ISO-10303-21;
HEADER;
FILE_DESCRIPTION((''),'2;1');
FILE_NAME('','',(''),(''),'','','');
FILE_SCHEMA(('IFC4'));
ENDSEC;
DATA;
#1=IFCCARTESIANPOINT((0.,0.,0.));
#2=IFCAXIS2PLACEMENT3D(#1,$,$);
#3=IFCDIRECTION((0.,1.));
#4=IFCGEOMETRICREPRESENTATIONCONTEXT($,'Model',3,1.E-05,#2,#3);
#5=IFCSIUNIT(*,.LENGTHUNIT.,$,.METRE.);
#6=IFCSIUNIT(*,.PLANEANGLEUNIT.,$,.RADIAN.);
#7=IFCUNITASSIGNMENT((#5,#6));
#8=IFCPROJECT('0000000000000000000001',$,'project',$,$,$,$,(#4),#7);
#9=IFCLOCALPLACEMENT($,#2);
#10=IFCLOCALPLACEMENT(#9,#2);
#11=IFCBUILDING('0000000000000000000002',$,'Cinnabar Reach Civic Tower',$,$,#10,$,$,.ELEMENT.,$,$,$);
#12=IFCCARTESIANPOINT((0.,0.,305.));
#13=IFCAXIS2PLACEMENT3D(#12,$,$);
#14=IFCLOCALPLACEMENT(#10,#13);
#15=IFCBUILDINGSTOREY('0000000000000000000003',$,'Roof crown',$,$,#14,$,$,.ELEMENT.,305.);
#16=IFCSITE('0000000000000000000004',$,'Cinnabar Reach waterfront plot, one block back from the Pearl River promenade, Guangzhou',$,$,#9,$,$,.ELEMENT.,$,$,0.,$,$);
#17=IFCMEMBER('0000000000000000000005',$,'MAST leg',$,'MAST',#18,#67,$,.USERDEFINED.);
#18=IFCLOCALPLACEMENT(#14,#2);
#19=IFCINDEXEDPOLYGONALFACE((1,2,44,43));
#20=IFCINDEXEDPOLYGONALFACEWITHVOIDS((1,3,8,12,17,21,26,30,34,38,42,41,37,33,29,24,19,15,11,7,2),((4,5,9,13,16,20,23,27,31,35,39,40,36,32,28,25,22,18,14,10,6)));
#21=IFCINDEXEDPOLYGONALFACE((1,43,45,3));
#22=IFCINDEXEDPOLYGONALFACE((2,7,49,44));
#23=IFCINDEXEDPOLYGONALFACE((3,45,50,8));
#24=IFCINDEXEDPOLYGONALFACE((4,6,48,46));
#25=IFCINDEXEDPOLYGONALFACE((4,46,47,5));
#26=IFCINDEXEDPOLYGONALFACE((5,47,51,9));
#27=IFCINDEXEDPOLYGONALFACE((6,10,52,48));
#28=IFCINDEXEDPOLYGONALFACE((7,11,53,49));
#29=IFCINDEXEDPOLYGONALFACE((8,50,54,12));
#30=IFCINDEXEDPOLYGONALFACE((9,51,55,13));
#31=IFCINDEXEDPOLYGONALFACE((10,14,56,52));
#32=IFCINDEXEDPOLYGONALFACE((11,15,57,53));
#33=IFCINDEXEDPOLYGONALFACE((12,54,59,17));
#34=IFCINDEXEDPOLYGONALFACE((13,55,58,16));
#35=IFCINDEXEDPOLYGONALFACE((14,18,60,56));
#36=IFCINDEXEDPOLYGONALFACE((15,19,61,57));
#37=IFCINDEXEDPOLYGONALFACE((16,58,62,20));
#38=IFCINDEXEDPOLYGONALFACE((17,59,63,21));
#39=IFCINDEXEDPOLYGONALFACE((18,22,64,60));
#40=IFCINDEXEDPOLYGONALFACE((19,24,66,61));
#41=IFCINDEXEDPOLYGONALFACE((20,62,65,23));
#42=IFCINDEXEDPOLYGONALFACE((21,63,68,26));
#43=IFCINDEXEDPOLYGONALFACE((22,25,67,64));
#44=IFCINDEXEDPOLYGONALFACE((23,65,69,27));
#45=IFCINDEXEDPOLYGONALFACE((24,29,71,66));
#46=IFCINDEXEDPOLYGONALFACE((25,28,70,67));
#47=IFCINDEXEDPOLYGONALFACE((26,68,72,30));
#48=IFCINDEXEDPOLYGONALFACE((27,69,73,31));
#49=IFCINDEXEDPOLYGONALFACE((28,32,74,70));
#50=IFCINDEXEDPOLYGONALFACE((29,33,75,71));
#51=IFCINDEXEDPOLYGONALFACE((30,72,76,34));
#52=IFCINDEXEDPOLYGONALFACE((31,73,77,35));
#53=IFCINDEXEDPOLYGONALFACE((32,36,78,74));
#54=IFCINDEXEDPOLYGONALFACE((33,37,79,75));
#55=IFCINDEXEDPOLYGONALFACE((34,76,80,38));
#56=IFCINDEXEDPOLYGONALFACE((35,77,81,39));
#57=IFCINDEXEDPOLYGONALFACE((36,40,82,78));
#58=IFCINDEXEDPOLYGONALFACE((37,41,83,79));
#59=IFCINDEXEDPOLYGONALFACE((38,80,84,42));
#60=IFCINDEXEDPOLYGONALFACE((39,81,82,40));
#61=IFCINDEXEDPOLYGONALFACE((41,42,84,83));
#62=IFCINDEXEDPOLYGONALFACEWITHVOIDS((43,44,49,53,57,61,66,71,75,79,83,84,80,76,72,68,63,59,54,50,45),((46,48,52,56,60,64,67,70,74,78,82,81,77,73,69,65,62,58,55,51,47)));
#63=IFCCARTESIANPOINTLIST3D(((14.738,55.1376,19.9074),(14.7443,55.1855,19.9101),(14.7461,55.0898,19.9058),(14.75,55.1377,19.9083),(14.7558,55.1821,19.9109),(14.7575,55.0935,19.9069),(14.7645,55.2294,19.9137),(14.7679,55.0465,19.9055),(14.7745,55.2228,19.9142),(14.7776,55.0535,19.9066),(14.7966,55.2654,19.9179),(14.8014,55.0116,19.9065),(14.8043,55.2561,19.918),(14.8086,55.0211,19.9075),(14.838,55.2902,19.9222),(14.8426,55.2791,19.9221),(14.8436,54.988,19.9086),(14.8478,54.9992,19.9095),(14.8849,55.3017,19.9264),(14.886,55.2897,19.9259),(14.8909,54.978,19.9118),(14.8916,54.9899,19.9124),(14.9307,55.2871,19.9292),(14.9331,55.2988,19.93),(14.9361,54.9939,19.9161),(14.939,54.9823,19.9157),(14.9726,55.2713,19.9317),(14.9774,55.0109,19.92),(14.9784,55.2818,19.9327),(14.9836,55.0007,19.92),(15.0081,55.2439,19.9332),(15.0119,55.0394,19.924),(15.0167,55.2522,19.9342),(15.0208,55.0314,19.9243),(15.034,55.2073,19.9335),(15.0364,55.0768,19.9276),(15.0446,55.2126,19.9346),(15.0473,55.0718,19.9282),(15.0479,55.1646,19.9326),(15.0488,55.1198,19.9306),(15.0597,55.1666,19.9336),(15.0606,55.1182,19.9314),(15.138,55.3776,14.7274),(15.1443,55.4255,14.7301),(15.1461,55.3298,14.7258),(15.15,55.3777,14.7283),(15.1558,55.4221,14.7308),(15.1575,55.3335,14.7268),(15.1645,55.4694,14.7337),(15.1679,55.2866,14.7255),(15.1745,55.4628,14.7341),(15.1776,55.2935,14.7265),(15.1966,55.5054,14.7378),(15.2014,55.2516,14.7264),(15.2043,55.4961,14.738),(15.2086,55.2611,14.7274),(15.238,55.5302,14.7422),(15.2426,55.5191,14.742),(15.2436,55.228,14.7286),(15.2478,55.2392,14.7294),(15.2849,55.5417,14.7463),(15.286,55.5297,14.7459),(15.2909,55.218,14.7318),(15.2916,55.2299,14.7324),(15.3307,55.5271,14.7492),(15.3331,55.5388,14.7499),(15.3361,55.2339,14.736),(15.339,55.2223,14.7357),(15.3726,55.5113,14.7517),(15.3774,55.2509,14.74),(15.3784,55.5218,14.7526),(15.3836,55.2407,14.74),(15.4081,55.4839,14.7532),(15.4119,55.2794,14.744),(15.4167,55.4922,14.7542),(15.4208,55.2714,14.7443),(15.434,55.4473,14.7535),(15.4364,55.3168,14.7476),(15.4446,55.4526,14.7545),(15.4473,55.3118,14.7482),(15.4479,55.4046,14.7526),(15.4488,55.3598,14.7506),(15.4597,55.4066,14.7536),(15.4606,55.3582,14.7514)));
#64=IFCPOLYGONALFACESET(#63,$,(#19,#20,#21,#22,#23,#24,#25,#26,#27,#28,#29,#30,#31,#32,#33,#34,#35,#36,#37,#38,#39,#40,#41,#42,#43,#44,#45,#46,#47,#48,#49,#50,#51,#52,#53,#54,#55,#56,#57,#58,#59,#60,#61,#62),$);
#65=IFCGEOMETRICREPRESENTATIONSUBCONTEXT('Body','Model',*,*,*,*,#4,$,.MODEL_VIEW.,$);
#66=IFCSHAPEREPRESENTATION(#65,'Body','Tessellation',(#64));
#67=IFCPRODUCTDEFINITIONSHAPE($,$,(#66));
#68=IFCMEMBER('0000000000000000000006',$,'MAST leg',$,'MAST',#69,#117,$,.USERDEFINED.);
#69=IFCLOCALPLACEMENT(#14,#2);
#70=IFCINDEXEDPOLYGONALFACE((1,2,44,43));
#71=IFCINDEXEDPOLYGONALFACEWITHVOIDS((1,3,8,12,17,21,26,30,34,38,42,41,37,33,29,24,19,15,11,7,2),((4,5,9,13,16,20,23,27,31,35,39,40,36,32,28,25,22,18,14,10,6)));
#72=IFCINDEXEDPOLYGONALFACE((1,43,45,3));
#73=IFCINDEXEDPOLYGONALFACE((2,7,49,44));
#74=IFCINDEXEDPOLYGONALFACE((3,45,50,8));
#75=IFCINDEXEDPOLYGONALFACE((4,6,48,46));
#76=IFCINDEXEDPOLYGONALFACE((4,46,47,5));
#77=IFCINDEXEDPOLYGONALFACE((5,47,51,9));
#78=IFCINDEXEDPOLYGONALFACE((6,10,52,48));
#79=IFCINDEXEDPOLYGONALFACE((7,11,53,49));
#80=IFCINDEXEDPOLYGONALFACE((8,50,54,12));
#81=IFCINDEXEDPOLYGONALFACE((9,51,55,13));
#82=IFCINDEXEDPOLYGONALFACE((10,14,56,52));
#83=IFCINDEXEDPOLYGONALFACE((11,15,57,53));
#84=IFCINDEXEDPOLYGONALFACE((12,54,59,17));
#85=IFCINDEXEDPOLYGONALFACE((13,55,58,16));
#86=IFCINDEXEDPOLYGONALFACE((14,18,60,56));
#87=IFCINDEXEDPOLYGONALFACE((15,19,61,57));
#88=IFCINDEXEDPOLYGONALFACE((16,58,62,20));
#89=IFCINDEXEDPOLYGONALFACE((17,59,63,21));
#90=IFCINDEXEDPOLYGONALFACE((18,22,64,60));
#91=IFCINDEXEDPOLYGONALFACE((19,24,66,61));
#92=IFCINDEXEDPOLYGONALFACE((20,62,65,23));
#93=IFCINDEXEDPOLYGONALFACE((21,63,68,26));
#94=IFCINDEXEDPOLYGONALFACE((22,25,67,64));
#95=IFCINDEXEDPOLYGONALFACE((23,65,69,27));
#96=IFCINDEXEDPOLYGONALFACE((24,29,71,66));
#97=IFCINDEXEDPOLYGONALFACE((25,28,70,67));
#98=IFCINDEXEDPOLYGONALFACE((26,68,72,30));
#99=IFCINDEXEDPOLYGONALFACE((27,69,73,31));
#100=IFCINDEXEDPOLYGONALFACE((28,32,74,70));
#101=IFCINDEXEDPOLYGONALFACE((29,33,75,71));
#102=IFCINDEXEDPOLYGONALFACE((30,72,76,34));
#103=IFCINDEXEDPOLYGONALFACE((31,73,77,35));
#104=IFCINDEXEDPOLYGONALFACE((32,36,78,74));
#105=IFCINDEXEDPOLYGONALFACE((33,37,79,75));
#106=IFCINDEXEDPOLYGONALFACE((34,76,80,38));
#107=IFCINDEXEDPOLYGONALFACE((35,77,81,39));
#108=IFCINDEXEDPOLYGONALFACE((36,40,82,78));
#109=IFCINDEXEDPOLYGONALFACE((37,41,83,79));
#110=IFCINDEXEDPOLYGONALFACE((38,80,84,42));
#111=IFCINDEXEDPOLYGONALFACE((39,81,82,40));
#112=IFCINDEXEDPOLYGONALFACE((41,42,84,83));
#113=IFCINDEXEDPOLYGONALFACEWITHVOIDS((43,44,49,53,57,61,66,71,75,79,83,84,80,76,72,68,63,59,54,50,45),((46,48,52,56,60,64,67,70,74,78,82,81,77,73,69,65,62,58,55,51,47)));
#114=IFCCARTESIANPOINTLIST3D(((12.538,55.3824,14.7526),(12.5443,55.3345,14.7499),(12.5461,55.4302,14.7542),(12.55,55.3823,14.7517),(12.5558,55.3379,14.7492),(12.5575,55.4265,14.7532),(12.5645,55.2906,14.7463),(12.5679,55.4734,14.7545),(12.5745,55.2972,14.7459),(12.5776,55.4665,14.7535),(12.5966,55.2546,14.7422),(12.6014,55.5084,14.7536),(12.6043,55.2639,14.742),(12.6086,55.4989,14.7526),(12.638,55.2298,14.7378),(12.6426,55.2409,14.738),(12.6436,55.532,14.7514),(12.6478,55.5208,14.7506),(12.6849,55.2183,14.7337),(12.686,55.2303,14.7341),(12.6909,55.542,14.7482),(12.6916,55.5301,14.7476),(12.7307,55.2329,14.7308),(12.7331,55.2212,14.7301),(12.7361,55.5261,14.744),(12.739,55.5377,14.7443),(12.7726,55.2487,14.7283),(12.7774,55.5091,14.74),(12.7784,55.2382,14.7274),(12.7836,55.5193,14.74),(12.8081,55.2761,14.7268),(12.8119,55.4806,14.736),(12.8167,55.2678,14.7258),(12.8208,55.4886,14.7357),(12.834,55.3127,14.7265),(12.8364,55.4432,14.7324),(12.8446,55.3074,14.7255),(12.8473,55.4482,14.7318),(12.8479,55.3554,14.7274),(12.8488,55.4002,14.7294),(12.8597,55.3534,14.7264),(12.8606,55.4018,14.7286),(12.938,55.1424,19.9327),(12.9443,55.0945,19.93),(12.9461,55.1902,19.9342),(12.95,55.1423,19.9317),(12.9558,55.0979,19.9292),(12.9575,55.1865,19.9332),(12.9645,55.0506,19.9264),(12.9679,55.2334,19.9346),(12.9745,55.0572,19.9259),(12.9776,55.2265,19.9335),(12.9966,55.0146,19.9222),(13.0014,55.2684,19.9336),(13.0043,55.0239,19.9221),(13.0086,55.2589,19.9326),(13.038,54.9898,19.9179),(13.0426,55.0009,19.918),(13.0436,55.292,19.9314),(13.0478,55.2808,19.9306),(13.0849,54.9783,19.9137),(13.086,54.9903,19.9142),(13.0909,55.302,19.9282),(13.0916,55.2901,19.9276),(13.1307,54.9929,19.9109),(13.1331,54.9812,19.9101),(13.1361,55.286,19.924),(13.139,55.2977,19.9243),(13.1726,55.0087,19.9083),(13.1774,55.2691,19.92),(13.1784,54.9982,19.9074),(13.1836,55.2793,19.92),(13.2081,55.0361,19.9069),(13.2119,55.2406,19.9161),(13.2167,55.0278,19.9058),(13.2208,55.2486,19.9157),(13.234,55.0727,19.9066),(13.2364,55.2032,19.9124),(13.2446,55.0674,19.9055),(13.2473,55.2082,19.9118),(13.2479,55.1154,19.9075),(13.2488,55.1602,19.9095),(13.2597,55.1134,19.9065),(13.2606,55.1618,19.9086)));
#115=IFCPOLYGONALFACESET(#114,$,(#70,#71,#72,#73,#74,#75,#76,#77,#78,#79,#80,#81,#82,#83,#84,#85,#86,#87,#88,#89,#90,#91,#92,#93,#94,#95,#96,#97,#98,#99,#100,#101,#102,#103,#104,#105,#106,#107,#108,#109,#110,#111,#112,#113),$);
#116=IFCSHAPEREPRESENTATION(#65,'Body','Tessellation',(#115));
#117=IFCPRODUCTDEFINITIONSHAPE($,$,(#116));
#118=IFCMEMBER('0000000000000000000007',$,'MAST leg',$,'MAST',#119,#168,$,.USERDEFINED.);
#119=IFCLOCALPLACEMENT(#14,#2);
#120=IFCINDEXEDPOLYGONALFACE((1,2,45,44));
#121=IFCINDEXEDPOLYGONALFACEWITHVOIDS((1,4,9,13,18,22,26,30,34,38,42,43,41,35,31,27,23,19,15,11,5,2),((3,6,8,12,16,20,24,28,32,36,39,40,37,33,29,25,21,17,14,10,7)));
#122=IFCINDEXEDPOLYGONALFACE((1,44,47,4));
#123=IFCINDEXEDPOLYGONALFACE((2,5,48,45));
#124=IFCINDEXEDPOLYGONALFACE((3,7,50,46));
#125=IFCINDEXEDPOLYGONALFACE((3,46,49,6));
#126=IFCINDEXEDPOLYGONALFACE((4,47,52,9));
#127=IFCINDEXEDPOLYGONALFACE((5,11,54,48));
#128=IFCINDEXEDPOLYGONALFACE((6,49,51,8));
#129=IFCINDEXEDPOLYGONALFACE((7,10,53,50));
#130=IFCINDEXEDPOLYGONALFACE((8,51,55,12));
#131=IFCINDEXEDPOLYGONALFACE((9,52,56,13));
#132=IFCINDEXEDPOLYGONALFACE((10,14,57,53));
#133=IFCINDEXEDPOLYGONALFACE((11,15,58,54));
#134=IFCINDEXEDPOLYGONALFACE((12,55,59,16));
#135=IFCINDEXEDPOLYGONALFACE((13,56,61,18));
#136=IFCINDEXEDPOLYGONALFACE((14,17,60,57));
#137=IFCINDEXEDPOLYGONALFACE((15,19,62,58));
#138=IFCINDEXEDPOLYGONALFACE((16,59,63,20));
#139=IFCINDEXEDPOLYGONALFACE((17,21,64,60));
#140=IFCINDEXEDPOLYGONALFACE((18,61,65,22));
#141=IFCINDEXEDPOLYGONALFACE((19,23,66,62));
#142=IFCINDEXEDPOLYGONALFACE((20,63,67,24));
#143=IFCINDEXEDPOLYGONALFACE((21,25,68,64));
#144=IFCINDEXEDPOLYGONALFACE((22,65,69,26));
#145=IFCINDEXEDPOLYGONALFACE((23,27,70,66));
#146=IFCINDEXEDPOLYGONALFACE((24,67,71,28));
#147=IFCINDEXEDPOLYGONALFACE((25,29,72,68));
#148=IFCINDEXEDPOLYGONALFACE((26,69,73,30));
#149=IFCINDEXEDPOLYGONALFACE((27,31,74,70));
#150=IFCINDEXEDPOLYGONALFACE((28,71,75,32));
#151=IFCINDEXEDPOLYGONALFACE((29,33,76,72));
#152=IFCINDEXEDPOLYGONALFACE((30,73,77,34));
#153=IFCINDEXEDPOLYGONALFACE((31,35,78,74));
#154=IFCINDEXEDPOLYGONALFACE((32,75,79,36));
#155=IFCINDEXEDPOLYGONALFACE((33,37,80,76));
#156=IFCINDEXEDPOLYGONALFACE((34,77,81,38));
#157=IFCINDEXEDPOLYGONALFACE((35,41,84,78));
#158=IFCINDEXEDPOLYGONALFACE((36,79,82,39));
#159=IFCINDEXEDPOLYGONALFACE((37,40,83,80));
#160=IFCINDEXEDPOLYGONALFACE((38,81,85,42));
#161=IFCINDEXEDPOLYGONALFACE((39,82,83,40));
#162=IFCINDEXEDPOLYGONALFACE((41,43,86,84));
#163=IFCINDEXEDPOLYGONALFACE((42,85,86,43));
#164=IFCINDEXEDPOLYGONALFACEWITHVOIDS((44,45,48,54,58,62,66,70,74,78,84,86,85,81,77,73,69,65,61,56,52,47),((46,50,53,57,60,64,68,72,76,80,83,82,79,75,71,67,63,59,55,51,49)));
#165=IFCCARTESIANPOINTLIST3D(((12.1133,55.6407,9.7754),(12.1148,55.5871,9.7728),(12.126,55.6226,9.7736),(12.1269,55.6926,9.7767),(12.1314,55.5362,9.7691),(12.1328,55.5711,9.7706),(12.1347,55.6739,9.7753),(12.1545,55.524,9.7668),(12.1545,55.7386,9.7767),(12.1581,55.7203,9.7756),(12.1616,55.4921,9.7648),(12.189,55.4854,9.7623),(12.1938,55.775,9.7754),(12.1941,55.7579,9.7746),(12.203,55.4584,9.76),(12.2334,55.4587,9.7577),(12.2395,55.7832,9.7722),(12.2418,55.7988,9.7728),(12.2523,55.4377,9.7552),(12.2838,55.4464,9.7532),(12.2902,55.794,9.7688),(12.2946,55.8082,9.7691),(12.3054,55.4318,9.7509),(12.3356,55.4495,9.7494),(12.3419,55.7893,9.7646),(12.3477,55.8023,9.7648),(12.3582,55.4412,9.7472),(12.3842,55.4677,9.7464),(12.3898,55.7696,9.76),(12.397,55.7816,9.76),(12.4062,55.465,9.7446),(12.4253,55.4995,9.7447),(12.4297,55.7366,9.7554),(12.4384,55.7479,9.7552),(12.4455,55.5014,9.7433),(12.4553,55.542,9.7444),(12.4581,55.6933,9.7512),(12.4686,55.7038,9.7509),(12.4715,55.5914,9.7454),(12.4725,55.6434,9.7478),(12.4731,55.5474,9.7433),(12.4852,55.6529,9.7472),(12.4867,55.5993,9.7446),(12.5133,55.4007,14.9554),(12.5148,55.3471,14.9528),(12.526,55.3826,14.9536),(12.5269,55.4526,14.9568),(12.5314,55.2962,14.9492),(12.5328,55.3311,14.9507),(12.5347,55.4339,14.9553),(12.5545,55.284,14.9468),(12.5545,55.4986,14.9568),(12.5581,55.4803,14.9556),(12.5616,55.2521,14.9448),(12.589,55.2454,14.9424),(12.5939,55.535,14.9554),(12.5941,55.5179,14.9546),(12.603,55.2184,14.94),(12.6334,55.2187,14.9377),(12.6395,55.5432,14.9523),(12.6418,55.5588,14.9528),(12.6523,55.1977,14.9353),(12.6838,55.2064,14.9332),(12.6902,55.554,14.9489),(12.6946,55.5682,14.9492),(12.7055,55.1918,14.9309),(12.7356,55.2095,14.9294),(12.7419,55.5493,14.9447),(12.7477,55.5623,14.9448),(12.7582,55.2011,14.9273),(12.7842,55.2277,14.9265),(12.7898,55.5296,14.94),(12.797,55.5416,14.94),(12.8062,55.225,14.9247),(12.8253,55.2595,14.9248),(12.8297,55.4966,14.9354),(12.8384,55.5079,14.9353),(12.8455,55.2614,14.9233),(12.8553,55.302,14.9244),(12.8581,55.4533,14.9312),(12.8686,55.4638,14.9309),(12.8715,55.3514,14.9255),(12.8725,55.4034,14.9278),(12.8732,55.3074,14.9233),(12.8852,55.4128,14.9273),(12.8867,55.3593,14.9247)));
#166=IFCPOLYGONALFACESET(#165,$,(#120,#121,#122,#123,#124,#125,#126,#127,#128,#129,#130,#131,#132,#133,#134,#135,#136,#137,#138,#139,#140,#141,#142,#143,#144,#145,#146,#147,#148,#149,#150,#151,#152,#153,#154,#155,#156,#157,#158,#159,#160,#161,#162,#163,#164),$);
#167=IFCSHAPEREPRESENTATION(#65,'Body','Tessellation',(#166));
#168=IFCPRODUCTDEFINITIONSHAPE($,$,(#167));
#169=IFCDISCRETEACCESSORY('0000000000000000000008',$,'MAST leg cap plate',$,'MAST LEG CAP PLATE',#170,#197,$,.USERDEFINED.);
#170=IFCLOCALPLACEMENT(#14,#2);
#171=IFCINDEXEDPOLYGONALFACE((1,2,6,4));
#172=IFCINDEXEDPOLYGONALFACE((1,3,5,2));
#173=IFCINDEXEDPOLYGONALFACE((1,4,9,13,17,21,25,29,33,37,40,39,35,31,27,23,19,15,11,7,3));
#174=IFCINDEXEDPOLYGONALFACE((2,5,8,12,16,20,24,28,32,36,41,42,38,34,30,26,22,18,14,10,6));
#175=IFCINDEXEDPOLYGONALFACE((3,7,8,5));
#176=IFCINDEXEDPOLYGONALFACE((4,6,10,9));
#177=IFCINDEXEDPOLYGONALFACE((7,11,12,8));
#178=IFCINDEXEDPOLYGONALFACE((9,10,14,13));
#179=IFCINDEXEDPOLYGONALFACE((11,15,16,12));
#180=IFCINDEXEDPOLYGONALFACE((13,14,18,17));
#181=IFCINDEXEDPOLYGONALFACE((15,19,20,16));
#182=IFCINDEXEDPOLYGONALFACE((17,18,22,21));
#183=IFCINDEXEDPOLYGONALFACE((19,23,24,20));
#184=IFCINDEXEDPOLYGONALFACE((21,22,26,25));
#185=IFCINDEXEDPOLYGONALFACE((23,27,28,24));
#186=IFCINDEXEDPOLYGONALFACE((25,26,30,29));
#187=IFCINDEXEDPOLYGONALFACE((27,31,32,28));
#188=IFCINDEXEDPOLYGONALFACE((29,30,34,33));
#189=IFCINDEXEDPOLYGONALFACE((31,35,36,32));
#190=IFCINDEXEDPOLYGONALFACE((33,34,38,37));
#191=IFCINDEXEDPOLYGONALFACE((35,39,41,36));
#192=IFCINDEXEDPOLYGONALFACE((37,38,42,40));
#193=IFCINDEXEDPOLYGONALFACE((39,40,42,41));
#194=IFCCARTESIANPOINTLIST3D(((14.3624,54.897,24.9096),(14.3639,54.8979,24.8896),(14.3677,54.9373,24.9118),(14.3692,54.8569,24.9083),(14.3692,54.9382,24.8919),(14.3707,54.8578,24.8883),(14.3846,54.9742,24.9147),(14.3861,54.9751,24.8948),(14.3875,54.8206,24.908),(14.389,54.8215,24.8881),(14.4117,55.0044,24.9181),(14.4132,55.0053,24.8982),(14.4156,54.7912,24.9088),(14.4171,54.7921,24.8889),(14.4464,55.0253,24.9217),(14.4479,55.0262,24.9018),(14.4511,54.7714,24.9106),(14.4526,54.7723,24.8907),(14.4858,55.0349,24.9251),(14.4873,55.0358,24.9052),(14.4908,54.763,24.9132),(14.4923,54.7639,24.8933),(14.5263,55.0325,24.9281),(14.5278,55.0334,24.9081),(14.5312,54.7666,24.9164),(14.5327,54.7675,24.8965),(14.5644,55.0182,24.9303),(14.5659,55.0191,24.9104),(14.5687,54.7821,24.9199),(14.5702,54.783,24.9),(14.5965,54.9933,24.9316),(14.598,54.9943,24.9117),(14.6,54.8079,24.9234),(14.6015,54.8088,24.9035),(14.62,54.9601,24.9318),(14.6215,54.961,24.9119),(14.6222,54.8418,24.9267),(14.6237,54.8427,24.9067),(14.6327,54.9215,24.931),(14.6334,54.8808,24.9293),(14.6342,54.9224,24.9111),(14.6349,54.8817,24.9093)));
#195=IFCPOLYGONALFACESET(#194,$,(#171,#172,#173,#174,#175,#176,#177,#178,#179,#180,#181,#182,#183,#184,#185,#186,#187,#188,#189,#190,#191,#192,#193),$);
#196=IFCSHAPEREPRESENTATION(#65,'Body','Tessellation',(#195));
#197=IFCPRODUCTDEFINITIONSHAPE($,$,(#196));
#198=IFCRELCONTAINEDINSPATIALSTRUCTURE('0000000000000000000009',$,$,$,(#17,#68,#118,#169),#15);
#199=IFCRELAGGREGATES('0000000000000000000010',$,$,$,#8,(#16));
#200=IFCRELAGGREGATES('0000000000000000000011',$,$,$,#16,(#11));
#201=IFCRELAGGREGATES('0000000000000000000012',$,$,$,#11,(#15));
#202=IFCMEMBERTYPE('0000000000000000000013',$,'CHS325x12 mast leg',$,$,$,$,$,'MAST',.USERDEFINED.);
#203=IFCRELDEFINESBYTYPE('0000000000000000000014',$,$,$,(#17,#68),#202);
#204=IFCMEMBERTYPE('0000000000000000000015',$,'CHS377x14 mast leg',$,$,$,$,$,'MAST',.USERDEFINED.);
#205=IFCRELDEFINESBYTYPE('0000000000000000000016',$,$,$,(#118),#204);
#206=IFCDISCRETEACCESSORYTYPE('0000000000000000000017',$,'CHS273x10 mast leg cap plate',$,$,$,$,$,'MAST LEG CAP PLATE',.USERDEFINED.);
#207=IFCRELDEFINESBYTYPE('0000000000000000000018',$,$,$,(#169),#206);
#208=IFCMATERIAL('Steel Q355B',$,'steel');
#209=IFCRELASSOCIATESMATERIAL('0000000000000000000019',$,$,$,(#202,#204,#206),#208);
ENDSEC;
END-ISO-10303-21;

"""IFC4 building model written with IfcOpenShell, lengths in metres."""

from ifc_helpers import new_model, si_unit, direction, frame, origin, origin_2d, place, context, subcontext, project, spatial, circle, hollow_circle, extrude, material, material_profile, profile_set, type_object, element, save


model = new_model("IFC4")

# Units and contexts
model_context = context("Model", 3, precision=1e-05, world=origin(), true_north=direction((0.0, 1.0)))
body_context = subcontext(model_context, "Body", "Model", "MODEL_VIEW")
ifc_project = project(units=[si_unit("LENGTHUNIT", "METRE"), si_unit("PLANEANGLEUNIT", "RADIAN")], contexts=[model_context])

# Site, building, storey
site_placement = place(None, origin())
site = spatial("IfcSite", under=ifc_project, at=site_placement, Name="Cinnabar Reach waterfront plot, one block back from the Pearl River promenade, Guangzhou", CompositionType="ELEMENT", RefElevation=0.0)
building_placement = place(site_placement, origin())
building = spatial("IfcBuilding", under=site, at=building_placement, Name="Cinnabar Reach Civic Tower", CompositionType="ELEMENT")
storey_placement = place(building_placement, frame((0.0, 0.0, 305.0)))
storey = spatial("IfcBuildingStorey", under=building, at=storey_placement, Name="Roof crown", CompositionType="ELEMENT", Elevation=305.0)

# Members
ifc_material = material(Name="Steel Q355B", Category="steel")
ifc_material_profile_1 = material_profile(ifc_material, hollow_circle(Radius=0.1625, WallThickness=0.012, at=origin_2d()), Name="CHS325x12")
ifc_profile_set_1 = profile_set([ifc_material_profile_1], Name="Steel Q355B")
member_type_1 = type_object("IfcMemberType", Name="CHS325x12 mast leg", ElementType="MAST", PredefinedType="USERDEFINED", material=ifc_profile_set_1)
for number, where, z_axis, x_axis, name in (
    (1, (15.3, 55.38, 14.74), (-0.076909, -0.046145, 0.99597), (0.514496, -0.857493, 0.0), "MAST leg"),
    (2, (12.7, 55.38, 14.74), (0.076909, -0.046145, 0.99597), (0.514496, 0.857493, 0.0), "MAST leg"),
):
    element("IfcMember", number, at=place(storey_placement, frame(where, z_axis=z_axis, x_axis=x_axis)), inside=storey, type_object=member_type_1, Name=name, ObjectType="MAST", PredefinedType="USERDEFINED", context=body_context, shape_type="SweptSolid", body=[
        extrude(hollow_circle(Radius=0.1625, WallThickness=0.012, at=origin_2d()), origin(), (0.0, 0.0, 1.0), 5.201),
    ])
ifc_material_profile_2 = material_profile(ifc_material, hollow_circle(Radius=0.1885, WallThickness=0.014, at=origin_2d()), Name="CHS377x14")
ifc_profile_set_2 = profile_set([ifc_material_profile_2], Name="Steel Q355B")
member_type_2 = type_object("IfcMemberType", Name="CHS377x14 mast leg", ElementType="MAST", PredefinedType="USERDEFINED", material=ifc_profile_set_2)
member_1_placement = place(storey_placement, frame((12.3, 55.62, 9.76), z_axis=(0.076909, -0.046145, 0.99597), x_axis=(0.514496, 0.857493, 0.0)))
element("IfcMember", 3, at=member_1_placement, inside=storey, type_object=member_type_2, Name="MAST leg", ObjectType="MAST", PredefinedType="USERDEFINED", context=body_context, shape_type="SweptSolid", body=[
    extrude(hollow_circle(Radius=0.1885, WallThickness=0.014, at=origin_2d()), origin(), (0.0, 0.0, 1.0), 5.201),
])

# Discrete accessory
ifc_material_profile_3 = material_profile(ifc_material, circle(Radius=0.1365, at=origin_2d()), Name="CHS273x10 mast leg cap plate")
ifc_profile_set_3 = profile_set([ifc_material_profile_3], Name="Steel Q355B")
discrete_accessory_type = type_object("IfcDiscreteAccessoryType", Name="CHS273x10 mast leg cap plate", ElementType="MAST LEG CAP PLATE", PredefinedType="USERDEFINED", material=ifc_profile_set_3)
for number, where, z_axis, x_axis, name in (
    (4, (14.5, 54.9, 24.9), (-0.075087, -0.045052, 0.996159), (0.514496, -0.857493, 0.0), "MAST leg cap plate"),
):
    element("IfcDiscreteAccessory", number, at=place(storey_placement, frame(where, z_axis=z_axis, x_axis=x_axis)), inside=storey, type_object=discrete_accessory_type, Name=name, ObjectType="MAST LEG CAP PLATE", PredefinedType="USERDEFINED", context=body_context, shape_type="SweptSolid", body=[
        extrude(circle(Radius=0.1365, at=origin_2d()), origin(), (0.0, 0.0, 1.0), 0.02),
    ])

save(model, "model.ifc")
